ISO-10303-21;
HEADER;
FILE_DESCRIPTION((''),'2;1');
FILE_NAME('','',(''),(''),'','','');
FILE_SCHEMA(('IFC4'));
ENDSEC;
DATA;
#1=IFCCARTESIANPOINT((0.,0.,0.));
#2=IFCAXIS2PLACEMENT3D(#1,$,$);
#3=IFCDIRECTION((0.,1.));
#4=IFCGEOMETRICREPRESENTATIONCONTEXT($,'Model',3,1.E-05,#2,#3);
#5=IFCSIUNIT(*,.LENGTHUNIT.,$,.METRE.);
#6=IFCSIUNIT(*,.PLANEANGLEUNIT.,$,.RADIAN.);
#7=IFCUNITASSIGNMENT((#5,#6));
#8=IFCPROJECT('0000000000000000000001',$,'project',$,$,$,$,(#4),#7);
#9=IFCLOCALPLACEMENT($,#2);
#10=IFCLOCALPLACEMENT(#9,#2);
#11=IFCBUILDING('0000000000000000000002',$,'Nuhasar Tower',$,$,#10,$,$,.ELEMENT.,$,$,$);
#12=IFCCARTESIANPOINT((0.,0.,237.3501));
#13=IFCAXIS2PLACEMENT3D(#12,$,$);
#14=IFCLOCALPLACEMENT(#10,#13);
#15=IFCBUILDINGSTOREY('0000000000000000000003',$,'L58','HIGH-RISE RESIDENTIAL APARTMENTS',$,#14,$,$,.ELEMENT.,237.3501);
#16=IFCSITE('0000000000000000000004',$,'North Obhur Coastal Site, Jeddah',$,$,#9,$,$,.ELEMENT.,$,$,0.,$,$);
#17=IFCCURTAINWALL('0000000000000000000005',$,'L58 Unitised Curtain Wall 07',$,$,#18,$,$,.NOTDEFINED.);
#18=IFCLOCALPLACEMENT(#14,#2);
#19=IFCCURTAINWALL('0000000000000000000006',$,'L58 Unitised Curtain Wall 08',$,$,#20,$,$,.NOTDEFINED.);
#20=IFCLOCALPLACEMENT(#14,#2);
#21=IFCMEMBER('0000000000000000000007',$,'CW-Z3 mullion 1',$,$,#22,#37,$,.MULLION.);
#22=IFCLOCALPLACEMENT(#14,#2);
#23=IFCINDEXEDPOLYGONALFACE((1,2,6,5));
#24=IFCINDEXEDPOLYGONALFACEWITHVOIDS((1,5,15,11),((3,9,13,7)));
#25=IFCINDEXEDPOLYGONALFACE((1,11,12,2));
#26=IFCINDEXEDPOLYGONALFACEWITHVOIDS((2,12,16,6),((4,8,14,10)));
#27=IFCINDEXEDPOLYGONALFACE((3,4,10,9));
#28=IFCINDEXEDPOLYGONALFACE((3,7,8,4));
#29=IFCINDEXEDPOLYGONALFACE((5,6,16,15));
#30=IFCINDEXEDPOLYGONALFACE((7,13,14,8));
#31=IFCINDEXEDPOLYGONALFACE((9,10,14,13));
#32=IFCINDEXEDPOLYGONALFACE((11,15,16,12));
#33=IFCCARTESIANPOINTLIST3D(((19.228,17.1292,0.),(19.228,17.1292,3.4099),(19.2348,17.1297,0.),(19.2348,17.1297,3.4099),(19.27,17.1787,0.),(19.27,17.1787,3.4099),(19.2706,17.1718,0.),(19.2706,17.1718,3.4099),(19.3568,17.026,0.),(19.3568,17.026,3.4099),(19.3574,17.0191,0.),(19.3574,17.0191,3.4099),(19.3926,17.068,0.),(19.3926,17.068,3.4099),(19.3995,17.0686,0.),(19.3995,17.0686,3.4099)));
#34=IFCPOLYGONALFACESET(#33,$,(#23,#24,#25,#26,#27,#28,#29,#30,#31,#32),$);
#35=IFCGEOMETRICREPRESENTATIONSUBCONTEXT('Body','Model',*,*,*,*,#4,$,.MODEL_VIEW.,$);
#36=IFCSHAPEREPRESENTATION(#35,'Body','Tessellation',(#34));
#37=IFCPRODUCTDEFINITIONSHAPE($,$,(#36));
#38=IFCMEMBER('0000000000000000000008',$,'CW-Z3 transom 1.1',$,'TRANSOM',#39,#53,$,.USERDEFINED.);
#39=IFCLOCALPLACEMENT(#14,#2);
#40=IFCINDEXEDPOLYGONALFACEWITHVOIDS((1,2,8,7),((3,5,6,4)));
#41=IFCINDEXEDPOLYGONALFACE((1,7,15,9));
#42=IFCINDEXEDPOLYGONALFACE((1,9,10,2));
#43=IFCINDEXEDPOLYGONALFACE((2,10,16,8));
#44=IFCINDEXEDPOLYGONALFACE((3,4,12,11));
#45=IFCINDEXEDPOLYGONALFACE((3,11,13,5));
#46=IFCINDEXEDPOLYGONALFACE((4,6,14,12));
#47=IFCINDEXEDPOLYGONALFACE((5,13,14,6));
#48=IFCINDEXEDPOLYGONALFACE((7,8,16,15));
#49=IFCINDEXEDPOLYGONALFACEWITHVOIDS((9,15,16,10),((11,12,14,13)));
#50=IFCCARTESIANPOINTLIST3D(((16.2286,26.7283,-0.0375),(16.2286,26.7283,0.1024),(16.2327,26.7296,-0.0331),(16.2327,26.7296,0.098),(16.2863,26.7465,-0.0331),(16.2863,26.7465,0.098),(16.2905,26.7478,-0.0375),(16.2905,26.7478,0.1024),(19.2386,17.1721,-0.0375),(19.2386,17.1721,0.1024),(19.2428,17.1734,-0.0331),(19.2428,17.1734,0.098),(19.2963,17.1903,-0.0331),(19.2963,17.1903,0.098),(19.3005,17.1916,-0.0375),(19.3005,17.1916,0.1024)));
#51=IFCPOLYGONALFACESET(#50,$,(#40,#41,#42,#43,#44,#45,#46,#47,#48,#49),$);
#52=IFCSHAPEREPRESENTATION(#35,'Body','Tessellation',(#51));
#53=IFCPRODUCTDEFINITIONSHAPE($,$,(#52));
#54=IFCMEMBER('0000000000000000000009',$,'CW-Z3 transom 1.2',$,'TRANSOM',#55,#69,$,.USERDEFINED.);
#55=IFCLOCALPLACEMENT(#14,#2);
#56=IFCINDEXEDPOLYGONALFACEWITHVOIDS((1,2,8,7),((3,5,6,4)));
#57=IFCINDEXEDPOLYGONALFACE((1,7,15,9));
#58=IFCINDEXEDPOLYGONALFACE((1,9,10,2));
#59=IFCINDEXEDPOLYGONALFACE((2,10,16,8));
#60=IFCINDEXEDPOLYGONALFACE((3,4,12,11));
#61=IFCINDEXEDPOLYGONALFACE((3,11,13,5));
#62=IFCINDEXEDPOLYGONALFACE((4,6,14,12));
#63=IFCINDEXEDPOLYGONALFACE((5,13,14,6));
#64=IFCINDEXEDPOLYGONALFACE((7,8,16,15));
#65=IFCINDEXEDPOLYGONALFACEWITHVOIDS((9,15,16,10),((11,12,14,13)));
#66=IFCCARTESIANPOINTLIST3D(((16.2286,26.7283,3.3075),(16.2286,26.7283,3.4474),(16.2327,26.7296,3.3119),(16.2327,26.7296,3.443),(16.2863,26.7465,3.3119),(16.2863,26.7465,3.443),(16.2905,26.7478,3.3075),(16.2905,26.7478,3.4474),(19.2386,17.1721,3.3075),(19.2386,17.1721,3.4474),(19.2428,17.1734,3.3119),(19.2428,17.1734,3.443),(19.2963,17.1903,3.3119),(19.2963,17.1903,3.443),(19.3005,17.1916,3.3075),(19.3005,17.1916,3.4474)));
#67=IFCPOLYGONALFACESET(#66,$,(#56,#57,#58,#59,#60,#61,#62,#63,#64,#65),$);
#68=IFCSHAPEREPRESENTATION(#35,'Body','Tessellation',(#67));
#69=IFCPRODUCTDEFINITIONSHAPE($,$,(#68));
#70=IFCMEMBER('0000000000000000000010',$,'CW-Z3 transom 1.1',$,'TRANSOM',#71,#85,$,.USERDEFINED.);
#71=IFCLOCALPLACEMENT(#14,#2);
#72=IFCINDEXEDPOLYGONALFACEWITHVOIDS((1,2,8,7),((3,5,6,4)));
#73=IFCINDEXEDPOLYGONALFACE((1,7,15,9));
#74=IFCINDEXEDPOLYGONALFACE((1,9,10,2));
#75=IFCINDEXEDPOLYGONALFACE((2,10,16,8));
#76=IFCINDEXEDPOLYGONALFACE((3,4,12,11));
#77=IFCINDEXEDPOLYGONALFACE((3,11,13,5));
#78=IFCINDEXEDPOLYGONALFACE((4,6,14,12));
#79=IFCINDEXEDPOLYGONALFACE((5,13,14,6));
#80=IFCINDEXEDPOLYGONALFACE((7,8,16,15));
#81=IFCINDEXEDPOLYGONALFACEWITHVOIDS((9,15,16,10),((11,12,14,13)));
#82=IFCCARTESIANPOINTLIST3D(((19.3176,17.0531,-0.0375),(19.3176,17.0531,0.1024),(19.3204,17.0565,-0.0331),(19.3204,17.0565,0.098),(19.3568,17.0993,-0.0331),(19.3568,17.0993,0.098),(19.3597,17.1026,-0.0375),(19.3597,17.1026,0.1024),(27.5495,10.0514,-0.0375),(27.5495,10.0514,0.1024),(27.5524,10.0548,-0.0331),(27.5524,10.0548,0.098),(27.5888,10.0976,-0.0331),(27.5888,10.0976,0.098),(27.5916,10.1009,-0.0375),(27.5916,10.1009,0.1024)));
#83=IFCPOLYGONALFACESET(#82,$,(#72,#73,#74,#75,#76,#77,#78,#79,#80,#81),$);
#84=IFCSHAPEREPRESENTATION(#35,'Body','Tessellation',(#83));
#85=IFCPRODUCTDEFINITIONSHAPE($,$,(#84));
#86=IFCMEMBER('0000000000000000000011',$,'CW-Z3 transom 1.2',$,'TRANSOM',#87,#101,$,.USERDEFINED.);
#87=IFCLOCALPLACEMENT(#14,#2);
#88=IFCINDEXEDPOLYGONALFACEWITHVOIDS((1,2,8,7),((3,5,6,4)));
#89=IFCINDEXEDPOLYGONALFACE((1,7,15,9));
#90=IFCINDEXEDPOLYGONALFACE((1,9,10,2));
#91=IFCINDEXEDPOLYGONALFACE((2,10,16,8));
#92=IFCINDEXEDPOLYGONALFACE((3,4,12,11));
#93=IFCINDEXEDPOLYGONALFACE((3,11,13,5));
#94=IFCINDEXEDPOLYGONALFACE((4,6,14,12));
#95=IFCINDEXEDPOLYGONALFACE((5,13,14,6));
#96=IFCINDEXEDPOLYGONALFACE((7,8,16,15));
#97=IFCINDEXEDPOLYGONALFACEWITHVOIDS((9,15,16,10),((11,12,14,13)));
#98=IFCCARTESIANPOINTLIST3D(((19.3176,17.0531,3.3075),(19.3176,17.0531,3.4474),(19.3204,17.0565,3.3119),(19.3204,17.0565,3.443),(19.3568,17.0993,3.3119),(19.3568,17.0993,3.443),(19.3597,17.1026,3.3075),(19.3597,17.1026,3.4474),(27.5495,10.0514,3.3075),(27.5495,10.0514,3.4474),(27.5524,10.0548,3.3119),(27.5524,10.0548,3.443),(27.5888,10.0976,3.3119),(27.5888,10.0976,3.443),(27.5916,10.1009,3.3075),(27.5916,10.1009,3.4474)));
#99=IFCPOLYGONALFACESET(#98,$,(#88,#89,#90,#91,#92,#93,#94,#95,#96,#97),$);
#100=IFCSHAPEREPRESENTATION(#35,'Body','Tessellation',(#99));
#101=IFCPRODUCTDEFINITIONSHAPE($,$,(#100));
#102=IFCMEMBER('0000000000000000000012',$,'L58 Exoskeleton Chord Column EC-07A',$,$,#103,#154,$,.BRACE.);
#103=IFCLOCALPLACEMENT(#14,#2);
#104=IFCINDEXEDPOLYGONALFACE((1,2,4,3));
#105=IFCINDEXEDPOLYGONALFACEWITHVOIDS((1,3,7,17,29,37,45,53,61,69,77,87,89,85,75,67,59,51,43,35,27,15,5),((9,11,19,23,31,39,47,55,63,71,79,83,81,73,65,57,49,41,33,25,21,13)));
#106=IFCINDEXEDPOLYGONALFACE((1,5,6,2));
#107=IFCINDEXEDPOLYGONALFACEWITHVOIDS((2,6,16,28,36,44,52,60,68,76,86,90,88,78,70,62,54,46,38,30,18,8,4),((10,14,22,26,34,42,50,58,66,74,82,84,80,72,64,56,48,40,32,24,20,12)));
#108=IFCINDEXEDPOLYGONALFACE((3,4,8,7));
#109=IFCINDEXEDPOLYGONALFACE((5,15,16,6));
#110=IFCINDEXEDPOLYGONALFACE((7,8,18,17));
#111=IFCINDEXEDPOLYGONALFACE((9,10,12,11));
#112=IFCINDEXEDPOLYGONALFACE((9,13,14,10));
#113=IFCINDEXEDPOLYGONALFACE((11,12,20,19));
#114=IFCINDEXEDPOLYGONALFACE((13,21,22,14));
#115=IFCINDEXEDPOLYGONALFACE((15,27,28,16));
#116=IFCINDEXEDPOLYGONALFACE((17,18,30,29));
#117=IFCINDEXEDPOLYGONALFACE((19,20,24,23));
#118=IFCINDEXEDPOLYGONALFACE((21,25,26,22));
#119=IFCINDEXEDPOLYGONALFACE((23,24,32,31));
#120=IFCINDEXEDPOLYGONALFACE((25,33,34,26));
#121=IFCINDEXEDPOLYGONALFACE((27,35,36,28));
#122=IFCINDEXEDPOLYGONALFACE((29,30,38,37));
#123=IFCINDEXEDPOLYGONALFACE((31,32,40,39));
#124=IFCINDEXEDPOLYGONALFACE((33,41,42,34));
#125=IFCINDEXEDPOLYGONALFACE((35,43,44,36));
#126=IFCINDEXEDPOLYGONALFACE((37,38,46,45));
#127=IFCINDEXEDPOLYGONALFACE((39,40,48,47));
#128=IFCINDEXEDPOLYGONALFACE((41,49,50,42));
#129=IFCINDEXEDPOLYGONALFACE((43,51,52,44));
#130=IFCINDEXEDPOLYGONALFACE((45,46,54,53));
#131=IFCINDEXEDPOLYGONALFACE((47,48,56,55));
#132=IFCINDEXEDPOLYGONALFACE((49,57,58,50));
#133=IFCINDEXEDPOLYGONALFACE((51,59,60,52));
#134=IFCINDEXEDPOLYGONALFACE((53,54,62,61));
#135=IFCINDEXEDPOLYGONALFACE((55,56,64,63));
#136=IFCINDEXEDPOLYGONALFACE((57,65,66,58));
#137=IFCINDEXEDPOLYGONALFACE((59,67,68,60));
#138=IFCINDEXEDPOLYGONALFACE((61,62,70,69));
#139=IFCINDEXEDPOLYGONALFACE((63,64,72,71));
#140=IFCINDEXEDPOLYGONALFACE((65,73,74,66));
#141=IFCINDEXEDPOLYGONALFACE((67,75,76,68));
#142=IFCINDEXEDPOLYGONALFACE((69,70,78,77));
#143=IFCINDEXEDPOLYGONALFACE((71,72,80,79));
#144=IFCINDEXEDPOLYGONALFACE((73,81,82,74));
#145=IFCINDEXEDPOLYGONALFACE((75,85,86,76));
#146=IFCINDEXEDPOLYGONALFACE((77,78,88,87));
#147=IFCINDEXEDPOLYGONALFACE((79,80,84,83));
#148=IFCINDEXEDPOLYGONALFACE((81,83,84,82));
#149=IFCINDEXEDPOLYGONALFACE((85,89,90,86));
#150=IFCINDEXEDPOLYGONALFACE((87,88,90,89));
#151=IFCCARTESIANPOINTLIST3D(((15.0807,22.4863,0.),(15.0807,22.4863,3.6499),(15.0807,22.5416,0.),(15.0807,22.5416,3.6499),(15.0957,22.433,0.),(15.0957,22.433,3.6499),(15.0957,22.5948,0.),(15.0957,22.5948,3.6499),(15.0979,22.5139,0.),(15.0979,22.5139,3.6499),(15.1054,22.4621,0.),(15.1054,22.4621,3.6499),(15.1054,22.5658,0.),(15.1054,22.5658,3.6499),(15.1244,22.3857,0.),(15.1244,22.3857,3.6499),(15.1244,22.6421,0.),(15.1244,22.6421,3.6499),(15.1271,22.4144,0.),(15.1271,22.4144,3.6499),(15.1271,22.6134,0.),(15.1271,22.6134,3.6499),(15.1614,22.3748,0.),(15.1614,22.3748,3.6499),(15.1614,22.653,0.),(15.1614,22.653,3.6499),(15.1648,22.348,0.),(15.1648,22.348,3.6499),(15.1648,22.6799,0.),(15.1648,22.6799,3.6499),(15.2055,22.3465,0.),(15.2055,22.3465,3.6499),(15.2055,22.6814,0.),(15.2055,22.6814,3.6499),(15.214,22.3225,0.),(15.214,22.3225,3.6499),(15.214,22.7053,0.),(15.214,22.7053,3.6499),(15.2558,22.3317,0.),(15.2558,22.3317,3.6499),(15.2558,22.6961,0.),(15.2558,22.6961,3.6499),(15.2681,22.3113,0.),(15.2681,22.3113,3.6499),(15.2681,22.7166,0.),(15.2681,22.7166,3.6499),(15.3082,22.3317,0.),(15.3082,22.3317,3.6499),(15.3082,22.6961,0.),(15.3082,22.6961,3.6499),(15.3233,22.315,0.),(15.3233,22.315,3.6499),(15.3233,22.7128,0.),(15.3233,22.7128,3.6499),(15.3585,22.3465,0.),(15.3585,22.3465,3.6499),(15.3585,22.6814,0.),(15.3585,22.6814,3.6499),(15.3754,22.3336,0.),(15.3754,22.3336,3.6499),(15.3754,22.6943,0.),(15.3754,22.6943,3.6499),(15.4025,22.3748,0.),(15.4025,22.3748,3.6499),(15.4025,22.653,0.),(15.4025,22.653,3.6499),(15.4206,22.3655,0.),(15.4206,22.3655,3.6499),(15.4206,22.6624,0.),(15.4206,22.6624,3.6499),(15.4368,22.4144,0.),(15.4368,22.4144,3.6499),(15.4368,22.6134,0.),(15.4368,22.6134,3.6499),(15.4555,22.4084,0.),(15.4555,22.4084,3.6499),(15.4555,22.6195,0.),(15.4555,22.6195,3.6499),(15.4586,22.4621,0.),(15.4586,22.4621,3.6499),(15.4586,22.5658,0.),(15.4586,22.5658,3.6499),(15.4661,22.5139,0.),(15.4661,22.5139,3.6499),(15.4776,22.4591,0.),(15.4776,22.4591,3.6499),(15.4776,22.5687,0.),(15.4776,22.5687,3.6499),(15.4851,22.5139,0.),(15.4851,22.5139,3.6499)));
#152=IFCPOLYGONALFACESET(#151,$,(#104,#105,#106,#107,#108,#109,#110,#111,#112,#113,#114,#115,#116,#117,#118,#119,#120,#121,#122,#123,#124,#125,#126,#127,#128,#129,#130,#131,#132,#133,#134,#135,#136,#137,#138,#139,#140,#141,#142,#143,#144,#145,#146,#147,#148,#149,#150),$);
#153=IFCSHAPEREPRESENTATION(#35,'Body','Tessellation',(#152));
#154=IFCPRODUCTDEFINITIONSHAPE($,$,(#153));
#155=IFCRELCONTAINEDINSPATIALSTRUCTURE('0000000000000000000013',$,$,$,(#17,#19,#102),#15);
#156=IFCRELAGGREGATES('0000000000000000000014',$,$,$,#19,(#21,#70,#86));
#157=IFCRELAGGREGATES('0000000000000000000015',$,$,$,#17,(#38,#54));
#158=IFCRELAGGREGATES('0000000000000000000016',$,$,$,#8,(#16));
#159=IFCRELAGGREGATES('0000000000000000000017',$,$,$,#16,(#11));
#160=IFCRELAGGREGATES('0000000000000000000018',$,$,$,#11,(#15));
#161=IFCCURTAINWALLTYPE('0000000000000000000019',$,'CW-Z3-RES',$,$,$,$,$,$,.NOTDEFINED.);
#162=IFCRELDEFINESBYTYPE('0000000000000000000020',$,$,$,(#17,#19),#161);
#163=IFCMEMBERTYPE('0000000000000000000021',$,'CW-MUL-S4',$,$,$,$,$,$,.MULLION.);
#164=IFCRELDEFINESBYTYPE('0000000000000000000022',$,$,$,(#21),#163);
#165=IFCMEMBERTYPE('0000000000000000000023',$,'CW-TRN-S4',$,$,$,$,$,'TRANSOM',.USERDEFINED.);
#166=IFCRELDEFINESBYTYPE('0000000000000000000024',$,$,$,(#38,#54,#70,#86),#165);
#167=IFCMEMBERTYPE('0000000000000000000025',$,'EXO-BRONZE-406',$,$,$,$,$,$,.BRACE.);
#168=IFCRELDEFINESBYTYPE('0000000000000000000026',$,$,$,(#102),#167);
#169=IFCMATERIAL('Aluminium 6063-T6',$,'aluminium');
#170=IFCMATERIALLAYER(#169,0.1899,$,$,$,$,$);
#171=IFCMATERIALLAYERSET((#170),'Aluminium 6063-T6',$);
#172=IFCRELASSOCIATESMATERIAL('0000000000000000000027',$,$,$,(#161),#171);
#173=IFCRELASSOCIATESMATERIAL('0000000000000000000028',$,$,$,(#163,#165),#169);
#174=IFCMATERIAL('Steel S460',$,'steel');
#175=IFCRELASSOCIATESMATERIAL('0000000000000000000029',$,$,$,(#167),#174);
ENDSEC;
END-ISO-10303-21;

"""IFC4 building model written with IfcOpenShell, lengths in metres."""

from ifc_helpers import new_model, si_unit, direction, frame, origin, origin_2d, place, context, subcontext, project, spatial, hollow_rectangle, hollow_circle, extrude, material, layer, layer_set, material_profile, profile_set, type_object, element, aggregate, save


model = new_model("IFC4")

# Units and contexts
model_context = context("Model", 3, precision=1e-05, world=origin(), true_north=direction((0.0, 1.0)))
body_context = subcontext(model_context, "Body", "Model", "MODEL_VIEW")
ifc_project = project(units=[si_unit("LENGTHUNIT", "METRE"), si_unit("PLANEANGLEUNIT", "RADIAN")], contexts=[model_context])

# Site, building, storey
site_placement = place(None, origin())
site = spatial("IfcSite", under=ifc_project, at=site_placement, Name="North Obhur Coastal Site, Jeddah", CompositionType="ELEMENT", RefElevation=0.0)
building_placement = place(site_placement, origin())
building = spatial("IfcBuilding", under=site, at=building_placement, Name="Nuhasar Tower", CompositionType="ELEMENT")
storey_placement = place(building_placement, frame((0.0, 0.0, 237.3501)))
storey = spatial("IfcBuildingStorey", under=building, at=storey_placement, Name="L58", Description="HIGH-RISE RESIDENTIAL APARTMENTS", CompositionType="ELEMENT", Elevation=237.3501)

# Curtain wall
ifc_material_1 = material(Name="Aluminium 6063-T6", Category="aluminium")
ifc_layer_1 = layer(ifc_material_1, 0.1899)
ifc_layer_set_1 = layer_set([ifc_layer_1], Name="Aluminium 6063-T6")
curtain_wall_type = type_object("IfcCurtainWallType", Name="CW-Z3-RES", PredefinedType="NOTDEFINED", material=ifc_layer_set_1)
curtain_wall_1_placement = place(storey_placement, origin())
curtain_wall_1 = element("IfcCurtainWall", 1, at=curtain_wall_1_placement, inside=storey, type_object=curtain_wall_type, Name="L58 Unitised Curtain Wall 07", PredefinedType="NOTDEFINED")
ifc_material_profile_1 = material_profile(ifc_material_1, hollow_rectangle(XDim=0.0649, YDim=0.1699, WallThickness=0.0049, at=origin_2d()), Name="CWM-4")
ifc_profile_set_1 = profile_set([ifc_material_profile_1], Name="Aluminium 6063-T6")
member_type_1 = type_object("IfcMemberType", Name="CW-MUL-S4", PredefinedType="MULLION", material=ifc_profile_set_1)

# Curtain wall, member
curtain_wall_2_placement = place(storey_placement, origin())
curtain_wall_2 = element("IfcCurtainWall", 2, at=curtain_wall_2_placement, inside=storey, type_object=curtain_wall_type, Name="L58 Unitised Curtain Wall 08", PredefinedType="NOTDEFINED")
member_1_placement = place(storey_placement, frame((19.3137, 17.0989, 0.0), z_axis=(0.0, 0.0, 1.0), x_axis=(0.647895, 0.761729, 0.0)))
member_1 = element("IfcMember", 3, at=member_1_placement, type_object=member_type_1, Name="CW-Z3 mullion 1", PredefinedType="MULLION", context=body_context, shape_type="SweptSolid", body=[
    extrude(hollow_rectangle(XDim=0.0649, YDim=0.1699, WallThickness=0.0049, at=origin_2d()), origin(), (0.0, 0.0, 1.0), 3.4099),
])

# Members
ifc_material_profile_2 = material_profile(ifc_material_1, hollow_rectangle(XDim=0.0649, YDim=0.1399, WallThickness=0.0044, at=origin_2d()), Name="CWT-4")
ifc_profile_set_2 = profile_set([ifc_material_profile_2], Name="Aluminium 6063-T6")
member_type_2 = type_object("IfcMemberType", Name="CW-TRN-S4", ElementType="TRANSOM", PredefinedType="USERDEFINED", material=ifc_profile_set_2)
member_2_placement = place(storey_placement, frame((16.2595, 26.738, 0.0325), z_axis=(0.30043, -0.953804, 0.0), x_axis=(0.953804, 0.30043, 0.0)))
member_2 = element("IfcMember", 4, at=member_2_placement, type_object=member_type_2, Name="CW-Z3 transom 1.1", ObjectType="TRANSOM", PredefinedType="USERDEFINED", context=body_context, shape_type="SweptSolid", body=[
    extrude(hollow_rectangle(XDim=0.0649, YDim=0.1399, WallThickness=0.0044, at=origin_2d()), origin(), (0.0, 0.0, 1.0), 10.019),
])
member_3_placement = place(storey_placement, frame((16.2595, 26.738, 3.3774), z_axis=(0.30043, -0.953804, 0.0), x_axis=(0.953804, 0.30043, 0.0)))
member_3 = element("IfcMember", 5, at=member_3_placement, type_object=member_type_2, Name="CW-Z3 transom 1.2", ObjectType="TRANSOM", PredefinedType="USERDEFINED", context=body_context, shape_type="SweptSolid", body=[
    extrude(hollow_rectangle(XDim=0.0649, YDim=0.1399, WallThickness=0.0044, at=origin_2d()), origin(), (0.0, 0.0, 1.0), 10.019),
])
member_4_placement = place(storey_placement, frame((19.3386, 17.0779, 0.0325), z_axis=(0.761731, -0.647894, 0.0), x_axis=(0.647894, 0.761731, 0.0)))
member_4 = element("IfcMember", 6, at=member_4_placement, type_object=member_type_2, Name="CW-Z3 transom 1.1", ObjectType="TRANSOM", PredefinedType="USERDEFINED", context=body_context, shape_type="SweptSolid", body=[
    extrude(hollow_rectangle(XDim=0.0649, YDim=0.1399, WallThickness=0.0044, at=origin_2d()), origin(), (0.0, 0.0, 1.0), 10.8069),
])
member_5_placement = place(storey_placement, frame((19.3386, 17.0779, 3.3774), z_axis=(0.761731, -0.647894, 0.0), x_axis=(0.647894, 0.761731, 0.0)))
member_5 = element("IfcMember", 7, at=member_5_placement, type_object=member_type_2, Name="CW-Z3 transom 1.2", ObjectType="TRANSOM", PredefinedType="USERDEFINED", context=body_context, shape_type="SweptSolid", body=[
    extrude(hollow_rectangle(XDim=0.0649, YDim=0.1399, WallThickness=0.0044, at=origin_2d()), origin(), (0.0, 0.0, 1.0), 10.8069),
])
aggregate(curtain_wall_2, [member_1, member_4, member_5])

# Member
ifc_material_2 = material(Name="Steel S460", Category="steel")
ifc_material_profile_3 = material_profile(ifc_material_2, hollow_circle(Radius=0.2031, WallThickness=0.019, at=origin_2d()), Name="HSS406.4X19.1")
ifc_profile_set_3 = profile_set([ifc_material_profile_3], Name="Steel S460")
member_type_3 = type_object("IfcMemberType", Name="EXO-BRONZE-406", PredefinedType="BRACE", material=ifc_profile_set_3)
for number, where, z_axis, x_axis, name in (
    (8, (15.282, 22.5139, 0.0), (0.0, 0.0, 1.0), (1.0, 0.0, 0.0), "L58 Exoskeleton Chord Column EC-07A"),
):
    element("IfcMember", number, at=place(storey_placement, frame(where, z_axis=z_axis, x_axis=x_axis)), inside=storey, type_object=member_type_3, Name=name, PredefinedType="BRACE", context=body_context, shape_type="SweptSolid", body=[
        extrude(hollow_circle(Radius=0.2031, WallThickness=0.019, at=origin_2d()), origin(), (0.0, 0.0, 1.0), 3.6499),
    ])

aggregate(curtain_wall_1, [member_2, member_3])

save(model, "model.ifc")
